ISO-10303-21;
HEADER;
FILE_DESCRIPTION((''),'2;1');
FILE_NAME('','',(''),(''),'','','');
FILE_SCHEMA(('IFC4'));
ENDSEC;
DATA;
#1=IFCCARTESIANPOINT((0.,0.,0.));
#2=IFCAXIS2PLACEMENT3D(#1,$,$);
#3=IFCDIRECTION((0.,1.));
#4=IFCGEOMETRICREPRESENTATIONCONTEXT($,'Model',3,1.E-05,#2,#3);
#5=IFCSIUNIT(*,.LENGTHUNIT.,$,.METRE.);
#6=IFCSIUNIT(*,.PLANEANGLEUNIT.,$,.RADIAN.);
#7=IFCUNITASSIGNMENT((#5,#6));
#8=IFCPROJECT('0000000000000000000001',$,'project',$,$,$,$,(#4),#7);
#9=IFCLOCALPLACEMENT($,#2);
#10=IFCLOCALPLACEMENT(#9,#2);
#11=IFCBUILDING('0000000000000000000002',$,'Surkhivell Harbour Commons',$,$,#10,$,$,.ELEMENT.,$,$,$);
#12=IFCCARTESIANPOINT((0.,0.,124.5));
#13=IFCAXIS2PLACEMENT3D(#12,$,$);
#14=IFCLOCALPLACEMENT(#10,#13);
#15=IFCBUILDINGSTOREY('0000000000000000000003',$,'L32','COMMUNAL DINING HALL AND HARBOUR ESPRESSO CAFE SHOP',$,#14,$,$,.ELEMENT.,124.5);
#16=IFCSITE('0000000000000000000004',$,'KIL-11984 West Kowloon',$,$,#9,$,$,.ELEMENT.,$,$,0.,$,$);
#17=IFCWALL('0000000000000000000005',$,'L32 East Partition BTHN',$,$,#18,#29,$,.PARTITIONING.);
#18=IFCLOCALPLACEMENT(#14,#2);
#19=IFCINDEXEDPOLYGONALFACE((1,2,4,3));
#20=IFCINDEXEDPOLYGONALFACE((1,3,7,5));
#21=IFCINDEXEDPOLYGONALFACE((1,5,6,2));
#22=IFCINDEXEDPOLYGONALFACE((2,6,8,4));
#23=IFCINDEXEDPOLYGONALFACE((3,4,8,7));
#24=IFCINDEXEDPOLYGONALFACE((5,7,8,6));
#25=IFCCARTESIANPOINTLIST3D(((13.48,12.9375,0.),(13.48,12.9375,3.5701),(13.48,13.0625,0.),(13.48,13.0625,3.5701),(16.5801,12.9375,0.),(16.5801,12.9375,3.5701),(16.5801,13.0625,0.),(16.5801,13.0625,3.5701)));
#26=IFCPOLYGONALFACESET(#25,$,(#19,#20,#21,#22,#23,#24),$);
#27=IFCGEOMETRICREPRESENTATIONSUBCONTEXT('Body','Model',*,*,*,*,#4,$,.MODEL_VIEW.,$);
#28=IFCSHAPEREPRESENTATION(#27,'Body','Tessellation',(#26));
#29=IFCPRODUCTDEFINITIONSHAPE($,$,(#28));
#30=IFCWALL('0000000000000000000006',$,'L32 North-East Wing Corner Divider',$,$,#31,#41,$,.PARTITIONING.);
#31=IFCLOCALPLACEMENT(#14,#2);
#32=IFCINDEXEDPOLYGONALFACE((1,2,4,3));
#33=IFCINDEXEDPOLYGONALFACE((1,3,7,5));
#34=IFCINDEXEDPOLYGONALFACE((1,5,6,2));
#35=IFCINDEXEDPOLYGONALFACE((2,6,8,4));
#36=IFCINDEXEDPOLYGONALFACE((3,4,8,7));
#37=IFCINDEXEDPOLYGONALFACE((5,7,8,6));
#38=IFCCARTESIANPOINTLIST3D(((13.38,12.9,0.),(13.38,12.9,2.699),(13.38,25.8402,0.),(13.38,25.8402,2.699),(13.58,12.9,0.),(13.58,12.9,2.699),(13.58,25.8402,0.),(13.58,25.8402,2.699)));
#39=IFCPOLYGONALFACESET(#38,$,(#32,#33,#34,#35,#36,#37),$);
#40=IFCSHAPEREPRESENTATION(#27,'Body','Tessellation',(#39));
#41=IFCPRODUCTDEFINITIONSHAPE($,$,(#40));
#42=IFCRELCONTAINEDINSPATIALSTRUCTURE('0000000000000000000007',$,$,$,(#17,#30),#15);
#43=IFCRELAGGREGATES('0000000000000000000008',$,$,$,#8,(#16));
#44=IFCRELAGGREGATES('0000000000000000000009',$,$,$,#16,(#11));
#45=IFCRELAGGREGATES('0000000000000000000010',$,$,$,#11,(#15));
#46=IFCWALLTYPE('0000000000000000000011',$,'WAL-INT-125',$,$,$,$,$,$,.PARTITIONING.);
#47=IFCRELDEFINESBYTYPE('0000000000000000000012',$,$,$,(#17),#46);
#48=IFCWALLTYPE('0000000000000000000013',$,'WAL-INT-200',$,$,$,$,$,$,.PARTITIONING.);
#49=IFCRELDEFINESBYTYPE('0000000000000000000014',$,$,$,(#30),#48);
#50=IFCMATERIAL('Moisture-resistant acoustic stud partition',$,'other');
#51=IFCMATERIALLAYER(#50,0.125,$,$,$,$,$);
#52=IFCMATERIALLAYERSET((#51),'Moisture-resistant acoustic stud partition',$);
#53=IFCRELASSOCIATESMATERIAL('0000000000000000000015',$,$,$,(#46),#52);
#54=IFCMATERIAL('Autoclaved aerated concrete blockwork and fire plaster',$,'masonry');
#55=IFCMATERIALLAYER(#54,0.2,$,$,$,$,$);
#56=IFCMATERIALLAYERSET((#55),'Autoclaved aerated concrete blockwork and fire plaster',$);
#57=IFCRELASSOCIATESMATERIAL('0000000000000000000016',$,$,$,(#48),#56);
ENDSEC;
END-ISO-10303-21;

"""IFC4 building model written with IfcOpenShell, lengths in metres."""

from ifc_helpers import new_model, si_unit, direction, frame, frame_2d, origin, place, context, subcontext, project, spatial, rectangle, extrude, material, layer, layer_set, type_object, element, save


model = new_model("IFC4")

# Units and contexts
model_context = context("Model", 3, precision=1e-05, world=origin(), true_north=direction((0.0, 1.0)))
body_context = subcontext(model_context, "Body", "Model", "MODEL_VIEW")
ifc_project = project(units=[si_unit("LENGTHUNIT", "METRE"), si_unit("PLANEANGLEUNIT", "RADIAN")], contexts=[model_context])

# Site, building, storey
site_placement = place(None, origin())
site = spatial("IfcSite", under=ifc_project, at=site_placement, Name="KIL-11984 West Kowloon", CompositionType="ELEMENT", RefElevation=0.0)
building_placement = place(site_placement, origin())
building = spatial("IfcBuilding", under=site, at=building_placement, Name="Surkhivell Harbour Commons", CompositionType="ELEMENT")
storey_placement = place(building_placement, frame((0.0, 0.0, 124.5)))
storey = spatial("IfcBuildingStorey", under=building, at=storey_placement, Name="L32", Description="COMMUNAL DINING HALL AND HARBOUR ESPRESSO CAFE SHOP", CompositionType="ELEMENT", Elevation=124.5)

# Walls
ifc_material_1 = material(Name="Moisture-resistant acoustic stud partition", Category="other")
ifc_layer_1 = layer(ifc_material_1, 0.125)
ifc_layer_set_1 = layer_set([ifc_layer_1], Name="Moisture-resistant acoustic stud partition")
wall_type_1 = type_object("IfcWallType", Name="WAL-INT-125", PredefinedType="PARTITIONING", material=ifc_layer_set_1)
wall_1_placement = place(storey_placement, frame((13.48, 13.0, 0.0), z_axis=(0.0, 0.0, 1.0), x_axis=(1.0, 0.0, 0.0)))
element("IfcWall", 1, at=wall_1_placement, inside=storey, type_object=wall_type_1, Name="L32 East Partition BTHN", PredefinedType="PARTITIONING", context=body_context, shape_type="SweptSolid", body=[
    extrude(rectangle(XDim=3.1001, YDim=0.125, at=frame_2d((1.55, 0.0))), origin(), (0.0, 0.0, 1.0), 3.5701),
])
ifc_material_2 = material(Name="Autoclaved aerated concrete blockwork and fire plaster", Category="masonry")
ifc_layer_2 = layer(ifc_material_2, 0.2)
ifc_layer_set_2 = layer_set([ifc_layer_2], Name="Autoclaved aerated concrete blockwork and fire plaster")
wall_type_2 = type_object("IfcWallType", Name="WAL-INT-200", PredefinedType="PARTITIONING", material=ifc_layer_set_2)
wall_2_placement = place(storey_placement, frame((13.48, 12.8999, 0.0), z_axis=(0.0, 0.0, 1.0), x_axis=(0.0, 1.0, 0.0)))
element("IfcWall", 2, at=wall_2_placement, inside=storey, type_object=wall_type_2, Name="L32 North-East Wing Corner Divider", PredefinedType="PARTITIONING", context=body_context, shape_type="SweptSolid", body=[
    extrude(rectangle(XDim=12.9402, YDim=0.2, at=frame_2d((6.4702, 0.0))), origin(), (0.0, 0.0, 1.0), 2.699),
])

save(model, "model.ifc")
